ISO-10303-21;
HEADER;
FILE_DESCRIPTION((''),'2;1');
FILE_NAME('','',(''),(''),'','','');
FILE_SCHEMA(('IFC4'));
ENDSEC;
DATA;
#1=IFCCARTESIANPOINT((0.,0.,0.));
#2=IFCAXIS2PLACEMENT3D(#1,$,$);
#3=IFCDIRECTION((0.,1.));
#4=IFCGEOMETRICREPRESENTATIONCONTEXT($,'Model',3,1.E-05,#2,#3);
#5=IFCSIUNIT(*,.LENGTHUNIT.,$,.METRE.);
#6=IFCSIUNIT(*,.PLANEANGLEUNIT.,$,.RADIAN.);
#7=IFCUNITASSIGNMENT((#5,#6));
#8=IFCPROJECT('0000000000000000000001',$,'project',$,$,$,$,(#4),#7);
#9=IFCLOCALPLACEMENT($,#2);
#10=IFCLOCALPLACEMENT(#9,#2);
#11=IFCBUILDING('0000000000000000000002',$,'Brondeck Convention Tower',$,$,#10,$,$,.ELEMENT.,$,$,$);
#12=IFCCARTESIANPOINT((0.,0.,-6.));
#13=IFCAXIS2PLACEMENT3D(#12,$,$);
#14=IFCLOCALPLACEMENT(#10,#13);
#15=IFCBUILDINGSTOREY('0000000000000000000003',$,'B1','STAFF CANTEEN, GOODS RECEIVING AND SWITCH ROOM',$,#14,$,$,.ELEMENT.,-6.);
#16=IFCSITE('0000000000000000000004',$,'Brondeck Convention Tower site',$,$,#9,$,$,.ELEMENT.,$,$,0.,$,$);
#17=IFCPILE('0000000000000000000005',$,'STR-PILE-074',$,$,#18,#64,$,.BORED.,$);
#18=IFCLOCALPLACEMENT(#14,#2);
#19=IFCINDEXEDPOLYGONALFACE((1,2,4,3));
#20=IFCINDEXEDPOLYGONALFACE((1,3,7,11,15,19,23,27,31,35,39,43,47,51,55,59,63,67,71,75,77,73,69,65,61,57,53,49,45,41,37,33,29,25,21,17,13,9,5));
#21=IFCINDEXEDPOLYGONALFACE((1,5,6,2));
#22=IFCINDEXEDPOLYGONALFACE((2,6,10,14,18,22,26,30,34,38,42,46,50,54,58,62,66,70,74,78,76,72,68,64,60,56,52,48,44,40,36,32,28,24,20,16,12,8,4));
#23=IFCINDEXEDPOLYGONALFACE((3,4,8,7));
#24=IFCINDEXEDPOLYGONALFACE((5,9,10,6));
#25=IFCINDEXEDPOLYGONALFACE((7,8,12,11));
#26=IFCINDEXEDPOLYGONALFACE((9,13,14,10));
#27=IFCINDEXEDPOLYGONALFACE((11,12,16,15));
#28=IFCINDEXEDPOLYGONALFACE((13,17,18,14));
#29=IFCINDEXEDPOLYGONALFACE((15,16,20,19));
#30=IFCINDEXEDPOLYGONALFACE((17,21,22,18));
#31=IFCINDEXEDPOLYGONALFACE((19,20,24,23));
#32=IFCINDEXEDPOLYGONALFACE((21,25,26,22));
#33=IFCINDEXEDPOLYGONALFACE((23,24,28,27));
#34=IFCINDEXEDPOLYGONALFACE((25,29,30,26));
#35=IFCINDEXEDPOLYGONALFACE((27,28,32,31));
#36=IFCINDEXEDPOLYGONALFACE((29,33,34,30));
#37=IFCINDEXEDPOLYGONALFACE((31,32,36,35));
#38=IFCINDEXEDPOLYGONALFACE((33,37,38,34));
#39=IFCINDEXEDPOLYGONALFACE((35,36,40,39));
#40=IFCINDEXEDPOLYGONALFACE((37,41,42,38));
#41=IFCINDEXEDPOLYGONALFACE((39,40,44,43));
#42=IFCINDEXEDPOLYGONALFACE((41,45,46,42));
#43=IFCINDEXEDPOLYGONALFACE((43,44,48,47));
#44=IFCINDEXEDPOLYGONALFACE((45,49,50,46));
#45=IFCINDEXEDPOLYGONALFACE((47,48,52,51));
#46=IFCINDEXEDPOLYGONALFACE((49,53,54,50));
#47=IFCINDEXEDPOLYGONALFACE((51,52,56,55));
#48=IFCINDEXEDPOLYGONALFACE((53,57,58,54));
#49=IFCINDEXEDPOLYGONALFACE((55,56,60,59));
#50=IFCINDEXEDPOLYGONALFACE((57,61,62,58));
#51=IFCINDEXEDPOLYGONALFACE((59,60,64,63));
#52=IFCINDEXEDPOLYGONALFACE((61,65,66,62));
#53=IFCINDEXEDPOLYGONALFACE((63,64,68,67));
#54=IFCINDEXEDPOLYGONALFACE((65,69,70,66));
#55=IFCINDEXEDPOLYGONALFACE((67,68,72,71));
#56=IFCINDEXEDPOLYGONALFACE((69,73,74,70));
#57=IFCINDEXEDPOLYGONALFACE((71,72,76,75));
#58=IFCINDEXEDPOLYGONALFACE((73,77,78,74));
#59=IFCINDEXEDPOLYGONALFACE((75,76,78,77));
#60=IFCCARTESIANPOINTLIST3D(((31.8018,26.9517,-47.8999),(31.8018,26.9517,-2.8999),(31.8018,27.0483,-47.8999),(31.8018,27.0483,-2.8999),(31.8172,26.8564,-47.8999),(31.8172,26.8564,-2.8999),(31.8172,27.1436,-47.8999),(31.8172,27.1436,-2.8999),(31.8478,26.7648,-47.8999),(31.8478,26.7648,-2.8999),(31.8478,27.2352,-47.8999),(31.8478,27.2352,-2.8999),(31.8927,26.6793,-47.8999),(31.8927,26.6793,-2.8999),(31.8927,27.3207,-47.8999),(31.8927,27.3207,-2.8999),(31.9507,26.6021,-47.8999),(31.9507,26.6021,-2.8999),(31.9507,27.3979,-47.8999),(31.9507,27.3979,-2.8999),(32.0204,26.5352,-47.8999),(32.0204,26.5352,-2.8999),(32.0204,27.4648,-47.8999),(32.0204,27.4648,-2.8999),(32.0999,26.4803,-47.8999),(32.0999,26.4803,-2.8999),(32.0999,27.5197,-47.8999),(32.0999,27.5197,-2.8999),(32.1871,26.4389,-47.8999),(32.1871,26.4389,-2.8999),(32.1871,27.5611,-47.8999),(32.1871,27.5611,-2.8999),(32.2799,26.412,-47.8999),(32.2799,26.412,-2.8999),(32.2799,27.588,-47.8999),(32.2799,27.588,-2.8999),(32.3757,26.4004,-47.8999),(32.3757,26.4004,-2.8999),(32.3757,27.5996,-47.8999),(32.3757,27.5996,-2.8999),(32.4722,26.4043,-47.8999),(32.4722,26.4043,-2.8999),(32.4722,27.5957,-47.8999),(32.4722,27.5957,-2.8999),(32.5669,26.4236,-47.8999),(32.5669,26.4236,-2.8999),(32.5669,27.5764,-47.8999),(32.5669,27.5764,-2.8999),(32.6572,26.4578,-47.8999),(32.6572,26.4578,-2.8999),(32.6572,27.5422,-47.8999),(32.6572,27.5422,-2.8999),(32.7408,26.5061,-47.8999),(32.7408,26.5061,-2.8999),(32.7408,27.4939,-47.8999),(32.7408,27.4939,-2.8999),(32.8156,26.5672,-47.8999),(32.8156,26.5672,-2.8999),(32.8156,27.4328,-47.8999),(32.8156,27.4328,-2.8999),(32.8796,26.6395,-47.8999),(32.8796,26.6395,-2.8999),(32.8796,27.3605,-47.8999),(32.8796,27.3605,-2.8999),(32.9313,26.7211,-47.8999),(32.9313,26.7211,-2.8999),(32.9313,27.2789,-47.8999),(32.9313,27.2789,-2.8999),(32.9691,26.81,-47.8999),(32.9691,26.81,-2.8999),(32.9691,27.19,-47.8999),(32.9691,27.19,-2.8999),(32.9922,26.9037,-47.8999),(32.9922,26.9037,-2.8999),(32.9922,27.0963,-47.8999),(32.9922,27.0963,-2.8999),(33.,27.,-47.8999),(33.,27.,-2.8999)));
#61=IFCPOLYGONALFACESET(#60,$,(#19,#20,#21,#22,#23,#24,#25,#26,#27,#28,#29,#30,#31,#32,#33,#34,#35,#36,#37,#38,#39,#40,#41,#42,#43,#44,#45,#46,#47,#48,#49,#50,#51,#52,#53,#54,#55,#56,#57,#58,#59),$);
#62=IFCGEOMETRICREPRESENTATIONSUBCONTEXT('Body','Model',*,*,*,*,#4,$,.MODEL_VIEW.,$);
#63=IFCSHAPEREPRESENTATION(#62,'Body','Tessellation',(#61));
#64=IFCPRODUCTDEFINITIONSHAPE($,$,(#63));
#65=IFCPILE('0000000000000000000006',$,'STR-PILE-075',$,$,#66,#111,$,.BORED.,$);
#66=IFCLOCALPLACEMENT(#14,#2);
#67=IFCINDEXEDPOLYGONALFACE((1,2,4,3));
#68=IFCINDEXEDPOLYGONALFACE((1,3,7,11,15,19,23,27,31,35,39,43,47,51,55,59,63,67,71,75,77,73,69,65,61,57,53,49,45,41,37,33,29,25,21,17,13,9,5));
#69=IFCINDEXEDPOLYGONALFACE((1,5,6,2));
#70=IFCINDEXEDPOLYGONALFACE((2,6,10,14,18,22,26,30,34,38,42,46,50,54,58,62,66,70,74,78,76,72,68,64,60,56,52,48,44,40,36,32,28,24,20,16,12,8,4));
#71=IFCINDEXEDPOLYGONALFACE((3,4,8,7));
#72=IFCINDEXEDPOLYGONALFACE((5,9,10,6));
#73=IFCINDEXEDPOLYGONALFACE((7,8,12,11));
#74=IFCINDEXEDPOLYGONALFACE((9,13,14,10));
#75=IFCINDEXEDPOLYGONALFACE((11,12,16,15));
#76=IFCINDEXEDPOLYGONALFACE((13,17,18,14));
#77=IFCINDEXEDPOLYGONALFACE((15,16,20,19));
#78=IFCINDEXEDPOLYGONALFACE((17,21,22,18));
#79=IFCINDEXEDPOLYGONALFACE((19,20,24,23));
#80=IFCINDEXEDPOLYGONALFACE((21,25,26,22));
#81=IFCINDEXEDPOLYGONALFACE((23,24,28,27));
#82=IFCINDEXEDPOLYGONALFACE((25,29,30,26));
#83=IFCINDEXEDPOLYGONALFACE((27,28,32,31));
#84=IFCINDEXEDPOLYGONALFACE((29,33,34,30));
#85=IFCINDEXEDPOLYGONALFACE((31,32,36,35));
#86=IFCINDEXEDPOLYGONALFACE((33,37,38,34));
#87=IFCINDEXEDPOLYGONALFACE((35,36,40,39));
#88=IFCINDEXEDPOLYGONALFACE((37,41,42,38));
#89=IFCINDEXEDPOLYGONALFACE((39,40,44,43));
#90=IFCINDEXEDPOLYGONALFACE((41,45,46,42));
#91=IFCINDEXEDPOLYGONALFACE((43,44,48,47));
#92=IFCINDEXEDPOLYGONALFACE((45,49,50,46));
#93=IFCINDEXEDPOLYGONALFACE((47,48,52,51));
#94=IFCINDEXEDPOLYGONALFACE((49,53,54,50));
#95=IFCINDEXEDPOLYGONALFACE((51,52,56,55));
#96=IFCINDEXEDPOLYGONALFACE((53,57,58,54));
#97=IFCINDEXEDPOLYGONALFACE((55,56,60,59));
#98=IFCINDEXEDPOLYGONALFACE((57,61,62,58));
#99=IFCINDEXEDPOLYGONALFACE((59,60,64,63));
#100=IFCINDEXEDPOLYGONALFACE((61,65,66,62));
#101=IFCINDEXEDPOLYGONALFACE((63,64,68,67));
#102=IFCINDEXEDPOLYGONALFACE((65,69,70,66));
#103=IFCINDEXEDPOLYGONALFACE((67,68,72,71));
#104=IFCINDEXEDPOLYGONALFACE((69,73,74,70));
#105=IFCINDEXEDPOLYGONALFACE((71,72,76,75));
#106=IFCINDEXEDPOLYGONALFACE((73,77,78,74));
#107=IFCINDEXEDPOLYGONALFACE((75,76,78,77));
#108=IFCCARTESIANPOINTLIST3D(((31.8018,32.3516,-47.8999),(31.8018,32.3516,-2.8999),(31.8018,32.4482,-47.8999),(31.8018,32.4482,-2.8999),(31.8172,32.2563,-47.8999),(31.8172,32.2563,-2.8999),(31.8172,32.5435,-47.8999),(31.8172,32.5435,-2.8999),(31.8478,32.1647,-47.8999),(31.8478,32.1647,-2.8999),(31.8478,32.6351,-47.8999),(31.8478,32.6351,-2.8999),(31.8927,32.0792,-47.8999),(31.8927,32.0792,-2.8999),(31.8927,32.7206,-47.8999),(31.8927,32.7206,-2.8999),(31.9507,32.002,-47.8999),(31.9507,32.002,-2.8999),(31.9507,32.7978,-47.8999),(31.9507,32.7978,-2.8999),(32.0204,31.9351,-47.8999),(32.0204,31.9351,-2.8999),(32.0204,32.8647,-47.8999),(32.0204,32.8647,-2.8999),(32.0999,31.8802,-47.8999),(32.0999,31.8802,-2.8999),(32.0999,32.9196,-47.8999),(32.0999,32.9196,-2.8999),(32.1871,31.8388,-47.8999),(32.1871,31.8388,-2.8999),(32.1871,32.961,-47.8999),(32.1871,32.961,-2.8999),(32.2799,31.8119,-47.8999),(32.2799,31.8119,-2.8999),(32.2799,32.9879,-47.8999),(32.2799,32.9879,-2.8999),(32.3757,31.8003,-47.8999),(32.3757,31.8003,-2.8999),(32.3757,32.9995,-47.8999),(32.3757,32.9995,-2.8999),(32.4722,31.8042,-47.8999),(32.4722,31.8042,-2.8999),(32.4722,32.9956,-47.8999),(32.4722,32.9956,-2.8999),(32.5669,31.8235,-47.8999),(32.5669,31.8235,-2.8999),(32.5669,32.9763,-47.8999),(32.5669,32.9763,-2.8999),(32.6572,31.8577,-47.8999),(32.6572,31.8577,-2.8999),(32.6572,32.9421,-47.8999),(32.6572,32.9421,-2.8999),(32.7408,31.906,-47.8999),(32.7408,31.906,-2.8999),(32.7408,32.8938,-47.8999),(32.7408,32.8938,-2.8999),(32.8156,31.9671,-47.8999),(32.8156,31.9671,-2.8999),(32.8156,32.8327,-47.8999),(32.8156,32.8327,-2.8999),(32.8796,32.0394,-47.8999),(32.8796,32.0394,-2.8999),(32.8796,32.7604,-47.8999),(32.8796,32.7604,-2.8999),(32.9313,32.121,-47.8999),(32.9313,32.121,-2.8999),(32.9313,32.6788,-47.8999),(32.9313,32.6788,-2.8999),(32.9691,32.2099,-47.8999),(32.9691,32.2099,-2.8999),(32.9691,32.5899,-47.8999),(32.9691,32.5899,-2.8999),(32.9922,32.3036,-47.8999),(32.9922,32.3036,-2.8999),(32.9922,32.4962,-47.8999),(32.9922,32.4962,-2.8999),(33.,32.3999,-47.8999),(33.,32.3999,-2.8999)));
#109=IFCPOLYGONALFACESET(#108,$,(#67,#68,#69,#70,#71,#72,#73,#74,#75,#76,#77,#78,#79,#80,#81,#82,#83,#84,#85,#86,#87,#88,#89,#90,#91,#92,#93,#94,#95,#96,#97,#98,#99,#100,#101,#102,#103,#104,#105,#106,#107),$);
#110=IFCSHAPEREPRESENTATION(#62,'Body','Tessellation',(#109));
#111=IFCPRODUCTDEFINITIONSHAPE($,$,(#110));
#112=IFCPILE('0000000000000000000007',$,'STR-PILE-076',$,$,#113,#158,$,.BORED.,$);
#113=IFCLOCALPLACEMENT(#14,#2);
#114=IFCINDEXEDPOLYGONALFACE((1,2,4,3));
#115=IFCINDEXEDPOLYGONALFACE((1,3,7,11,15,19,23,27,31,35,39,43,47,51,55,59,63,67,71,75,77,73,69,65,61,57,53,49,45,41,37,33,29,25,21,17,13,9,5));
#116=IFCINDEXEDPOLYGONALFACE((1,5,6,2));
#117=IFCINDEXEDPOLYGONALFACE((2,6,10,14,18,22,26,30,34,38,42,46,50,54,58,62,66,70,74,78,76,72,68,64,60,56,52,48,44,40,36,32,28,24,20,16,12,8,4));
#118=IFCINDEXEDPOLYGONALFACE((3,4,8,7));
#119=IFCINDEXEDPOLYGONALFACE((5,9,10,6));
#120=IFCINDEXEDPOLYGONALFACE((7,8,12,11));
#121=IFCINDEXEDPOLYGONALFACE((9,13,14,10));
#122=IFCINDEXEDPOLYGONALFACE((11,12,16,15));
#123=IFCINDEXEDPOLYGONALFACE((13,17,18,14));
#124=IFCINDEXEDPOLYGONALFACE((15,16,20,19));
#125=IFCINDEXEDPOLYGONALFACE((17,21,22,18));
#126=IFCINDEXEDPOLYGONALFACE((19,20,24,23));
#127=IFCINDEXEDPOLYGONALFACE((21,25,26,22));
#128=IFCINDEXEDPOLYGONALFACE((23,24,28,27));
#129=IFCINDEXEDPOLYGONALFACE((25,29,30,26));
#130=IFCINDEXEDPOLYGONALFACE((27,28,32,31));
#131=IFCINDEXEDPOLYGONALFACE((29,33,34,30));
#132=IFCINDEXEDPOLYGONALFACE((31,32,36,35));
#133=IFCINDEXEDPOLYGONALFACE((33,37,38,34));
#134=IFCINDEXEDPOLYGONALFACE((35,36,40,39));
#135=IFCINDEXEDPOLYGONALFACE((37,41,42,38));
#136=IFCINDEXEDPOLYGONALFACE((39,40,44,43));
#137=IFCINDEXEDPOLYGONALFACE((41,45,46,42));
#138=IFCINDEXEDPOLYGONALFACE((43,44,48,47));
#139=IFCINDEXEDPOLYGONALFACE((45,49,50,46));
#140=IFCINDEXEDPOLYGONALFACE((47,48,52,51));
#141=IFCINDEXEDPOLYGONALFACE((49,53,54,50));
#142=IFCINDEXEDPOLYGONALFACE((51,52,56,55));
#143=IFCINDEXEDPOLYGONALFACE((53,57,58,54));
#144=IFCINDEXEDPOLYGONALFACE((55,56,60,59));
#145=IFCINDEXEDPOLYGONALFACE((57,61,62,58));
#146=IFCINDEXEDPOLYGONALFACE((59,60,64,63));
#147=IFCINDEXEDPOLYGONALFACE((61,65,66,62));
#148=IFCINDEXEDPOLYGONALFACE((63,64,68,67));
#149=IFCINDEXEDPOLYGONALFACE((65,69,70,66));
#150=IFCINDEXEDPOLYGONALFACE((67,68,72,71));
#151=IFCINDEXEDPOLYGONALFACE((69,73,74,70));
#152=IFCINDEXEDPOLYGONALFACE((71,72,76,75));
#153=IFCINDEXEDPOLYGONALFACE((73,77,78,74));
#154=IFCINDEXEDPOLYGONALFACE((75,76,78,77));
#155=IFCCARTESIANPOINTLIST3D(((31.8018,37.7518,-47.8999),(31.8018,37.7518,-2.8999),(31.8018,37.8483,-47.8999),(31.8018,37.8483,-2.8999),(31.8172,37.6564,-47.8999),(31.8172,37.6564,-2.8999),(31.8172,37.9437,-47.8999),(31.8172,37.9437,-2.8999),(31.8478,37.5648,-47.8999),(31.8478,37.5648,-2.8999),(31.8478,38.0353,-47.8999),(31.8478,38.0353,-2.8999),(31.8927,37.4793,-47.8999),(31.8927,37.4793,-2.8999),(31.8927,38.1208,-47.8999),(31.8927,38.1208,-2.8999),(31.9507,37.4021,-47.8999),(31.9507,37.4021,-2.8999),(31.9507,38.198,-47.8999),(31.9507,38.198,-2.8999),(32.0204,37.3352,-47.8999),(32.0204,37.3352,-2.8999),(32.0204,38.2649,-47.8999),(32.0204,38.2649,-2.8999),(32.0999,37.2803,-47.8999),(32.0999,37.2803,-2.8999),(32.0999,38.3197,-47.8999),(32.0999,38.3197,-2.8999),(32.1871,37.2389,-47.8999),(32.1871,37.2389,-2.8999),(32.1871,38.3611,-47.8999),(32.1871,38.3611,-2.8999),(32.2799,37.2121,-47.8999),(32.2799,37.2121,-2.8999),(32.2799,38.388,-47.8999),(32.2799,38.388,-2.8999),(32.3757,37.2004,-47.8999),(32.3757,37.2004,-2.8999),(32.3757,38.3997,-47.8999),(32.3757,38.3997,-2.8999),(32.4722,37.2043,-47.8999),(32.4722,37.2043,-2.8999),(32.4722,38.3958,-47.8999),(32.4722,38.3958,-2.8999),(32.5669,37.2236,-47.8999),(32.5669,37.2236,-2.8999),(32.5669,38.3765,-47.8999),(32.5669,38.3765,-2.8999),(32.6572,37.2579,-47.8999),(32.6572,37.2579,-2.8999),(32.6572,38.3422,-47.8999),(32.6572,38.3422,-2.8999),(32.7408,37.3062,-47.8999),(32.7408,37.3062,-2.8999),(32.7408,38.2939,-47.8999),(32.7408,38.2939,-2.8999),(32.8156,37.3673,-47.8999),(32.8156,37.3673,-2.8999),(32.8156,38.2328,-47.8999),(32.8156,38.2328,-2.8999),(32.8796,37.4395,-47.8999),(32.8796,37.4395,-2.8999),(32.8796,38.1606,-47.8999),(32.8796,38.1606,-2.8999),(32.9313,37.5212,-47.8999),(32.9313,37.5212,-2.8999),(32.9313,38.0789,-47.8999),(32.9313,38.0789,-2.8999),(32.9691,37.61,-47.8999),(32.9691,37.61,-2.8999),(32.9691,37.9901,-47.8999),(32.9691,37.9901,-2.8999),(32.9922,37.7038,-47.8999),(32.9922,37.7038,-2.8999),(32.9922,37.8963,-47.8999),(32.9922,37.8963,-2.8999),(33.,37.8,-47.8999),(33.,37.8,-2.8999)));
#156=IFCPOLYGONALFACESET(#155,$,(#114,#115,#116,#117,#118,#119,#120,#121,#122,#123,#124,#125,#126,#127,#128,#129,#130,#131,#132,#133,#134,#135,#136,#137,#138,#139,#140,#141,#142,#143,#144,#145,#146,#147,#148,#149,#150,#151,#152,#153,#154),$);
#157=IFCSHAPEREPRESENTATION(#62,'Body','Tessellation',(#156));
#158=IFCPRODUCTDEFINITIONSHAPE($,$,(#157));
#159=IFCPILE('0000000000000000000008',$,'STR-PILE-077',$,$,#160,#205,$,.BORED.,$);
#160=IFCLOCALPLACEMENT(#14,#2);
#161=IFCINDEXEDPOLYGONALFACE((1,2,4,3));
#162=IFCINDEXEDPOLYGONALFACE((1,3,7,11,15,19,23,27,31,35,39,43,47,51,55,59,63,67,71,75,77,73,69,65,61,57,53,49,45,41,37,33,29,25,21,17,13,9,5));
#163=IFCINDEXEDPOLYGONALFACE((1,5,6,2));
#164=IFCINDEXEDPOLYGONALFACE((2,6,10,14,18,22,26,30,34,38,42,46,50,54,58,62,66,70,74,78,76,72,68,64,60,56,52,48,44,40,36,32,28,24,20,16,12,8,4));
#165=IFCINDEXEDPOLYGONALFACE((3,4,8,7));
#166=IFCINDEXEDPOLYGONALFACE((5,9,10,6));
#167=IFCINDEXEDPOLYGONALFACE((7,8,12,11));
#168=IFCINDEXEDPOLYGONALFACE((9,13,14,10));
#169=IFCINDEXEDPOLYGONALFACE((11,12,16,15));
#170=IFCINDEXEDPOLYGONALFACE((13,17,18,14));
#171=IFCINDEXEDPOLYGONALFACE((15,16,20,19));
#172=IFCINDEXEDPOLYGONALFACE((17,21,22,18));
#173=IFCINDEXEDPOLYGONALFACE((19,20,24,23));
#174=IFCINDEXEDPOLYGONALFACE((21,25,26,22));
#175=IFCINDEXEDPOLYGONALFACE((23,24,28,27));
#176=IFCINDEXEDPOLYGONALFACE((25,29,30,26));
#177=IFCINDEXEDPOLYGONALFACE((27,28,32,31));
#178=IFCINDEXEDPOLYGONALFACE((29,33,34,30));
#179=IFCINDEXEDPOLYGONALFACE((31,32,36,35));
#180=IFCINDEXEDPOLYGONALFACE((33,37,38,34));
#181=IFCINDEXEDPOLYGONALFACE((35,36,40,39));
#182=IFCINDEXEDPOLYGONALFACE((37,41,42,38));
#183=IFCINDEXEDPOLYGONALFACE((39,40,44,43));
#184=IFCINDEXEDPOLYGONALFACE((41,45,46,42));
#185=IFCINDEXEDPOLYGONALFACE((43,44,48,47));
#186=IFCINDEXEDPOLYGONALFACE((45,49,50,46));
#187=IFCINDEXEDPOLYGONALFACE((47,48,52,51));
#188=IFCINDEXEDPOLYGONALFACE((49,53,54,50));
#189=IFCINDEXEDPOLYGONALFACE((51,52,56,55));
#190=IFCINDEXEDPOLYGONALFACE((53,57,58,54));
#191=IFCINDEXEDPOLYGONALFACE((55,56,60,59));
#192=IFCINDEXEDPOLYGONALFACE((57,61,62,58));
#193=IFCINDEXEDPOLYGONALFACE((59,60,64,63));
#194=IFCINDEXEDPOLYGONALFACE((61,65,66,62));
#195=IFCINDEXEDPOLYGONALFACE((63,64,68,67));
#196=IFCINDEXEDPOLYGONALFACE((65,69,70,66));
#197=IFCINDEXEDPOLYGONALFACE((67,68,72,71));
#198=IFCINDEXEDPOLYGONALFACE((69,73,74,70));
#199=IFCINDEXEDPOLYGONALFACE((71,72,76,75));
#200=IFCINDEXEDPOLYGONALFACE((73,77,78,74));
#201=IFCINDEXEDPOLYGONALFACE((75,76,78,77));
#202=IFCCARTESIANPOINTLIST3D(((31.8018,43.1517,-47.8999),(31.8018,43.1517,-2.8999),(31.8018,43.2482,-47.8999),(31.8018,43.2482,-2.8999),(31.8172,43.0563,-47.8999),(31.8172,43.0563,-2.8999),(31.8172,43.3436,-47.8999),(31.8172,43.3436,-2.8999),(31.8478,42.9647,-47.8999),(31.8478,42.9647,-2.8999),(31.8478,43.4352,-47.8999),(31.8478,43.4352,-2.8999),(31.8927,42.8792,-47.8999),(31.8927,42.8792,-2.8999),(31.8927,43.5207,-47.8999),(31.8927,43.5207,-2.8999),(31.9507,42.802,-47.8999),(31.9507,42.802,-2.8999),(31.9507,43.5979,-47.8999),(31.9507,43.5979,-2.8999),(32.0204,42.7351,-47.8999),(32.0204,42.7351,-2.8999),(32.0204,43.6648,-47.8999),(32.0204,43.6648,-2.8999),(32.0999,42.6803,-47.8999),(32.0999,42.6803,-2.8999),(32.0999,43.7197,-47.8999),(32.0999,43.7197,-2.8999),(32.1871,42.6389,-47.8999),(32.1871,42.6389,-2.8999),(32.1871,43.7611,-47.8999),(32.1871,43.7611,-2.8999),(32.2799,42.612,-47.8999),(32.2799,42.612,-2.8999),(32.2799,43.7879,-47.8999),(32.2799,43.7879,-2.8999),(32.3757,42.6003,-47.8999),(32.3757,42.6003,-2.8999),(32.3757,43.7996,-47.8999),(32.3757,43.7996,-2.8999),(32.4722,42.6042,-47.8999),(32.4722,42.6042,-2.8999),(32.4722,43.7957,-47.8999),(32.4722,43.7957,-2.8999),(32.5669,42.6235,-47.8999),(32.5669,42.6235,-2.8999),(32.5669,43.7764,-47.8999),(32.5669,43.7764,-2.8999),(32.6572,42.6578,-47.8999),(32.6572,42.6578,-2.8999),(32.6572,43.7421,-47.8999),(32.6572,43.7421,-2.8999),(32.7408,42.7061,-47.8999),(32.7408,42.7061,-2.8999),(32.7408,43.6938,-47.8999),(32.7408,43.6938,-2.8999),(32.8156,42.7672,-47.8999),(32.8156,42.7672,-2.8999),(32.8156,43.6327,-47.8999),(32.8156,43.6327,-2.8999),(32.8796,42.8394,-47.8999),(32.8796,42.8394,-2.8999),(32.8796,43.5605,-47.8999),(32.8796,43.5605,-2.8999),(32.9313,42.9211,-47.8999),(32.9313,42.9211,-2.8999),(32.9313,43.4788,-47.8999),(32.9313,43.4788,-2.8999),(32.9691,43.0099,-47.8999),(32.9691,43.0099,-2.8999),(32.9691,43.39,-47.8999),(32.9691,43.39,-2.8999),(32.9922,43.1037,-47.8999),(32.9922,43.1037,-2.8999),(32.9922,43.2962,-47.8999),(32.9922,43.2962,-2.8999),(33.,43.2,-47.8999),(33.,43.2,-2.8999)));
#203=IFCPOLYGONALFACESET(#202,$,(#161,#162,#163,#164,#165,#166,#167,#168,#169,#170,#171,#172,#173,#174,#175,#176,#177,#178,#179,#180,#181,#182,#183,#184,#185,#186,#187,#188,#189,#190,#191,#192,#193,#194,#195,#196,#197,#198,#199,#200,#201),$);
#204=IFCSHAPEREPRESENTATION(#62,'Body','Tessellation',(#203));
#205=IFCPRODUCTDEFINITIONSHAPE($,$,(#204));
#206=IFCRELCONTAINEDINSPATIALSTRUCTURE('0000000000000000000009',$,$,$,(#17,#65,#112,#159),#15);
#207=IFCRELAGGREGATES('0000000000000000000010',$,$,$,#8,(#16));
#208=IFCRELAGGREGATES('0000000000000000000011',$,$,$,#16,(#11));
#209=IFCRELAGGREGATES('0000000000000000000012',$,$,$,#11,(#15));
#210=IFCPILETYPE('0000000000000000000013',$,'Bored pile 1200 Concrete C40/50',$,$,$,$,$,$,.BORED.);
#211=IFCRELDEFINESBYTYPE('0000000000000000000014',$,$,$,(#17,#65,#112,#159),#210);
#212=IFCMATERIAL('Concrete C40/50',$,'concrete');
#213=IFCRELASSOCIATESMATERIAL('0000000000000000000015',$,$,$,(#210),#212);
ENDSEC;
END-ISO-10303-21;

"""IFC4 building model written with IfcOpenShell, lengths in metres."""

from ifc_helpers import new_model, si_unit, direction, frame, origin, origin_2d, place, context, subcontext, project, spatial, circle, extrude, material, material_profile, profile_set, type_object, element, save


model = new_model("IFC4")

# Units and contexts
model_context = context("Model", 3, precision=1e-05, world=origin(), true_north=direction((0.0, 1.0)))
body_context = subcontext(model_context, "Body", "Model", "MODEL_VIEW")
ifc_project = project(units=[si_unit("LENGTHUNIT", "METRE"), si_unit("PLANEANGLEUNIT", "RADIAN")], contexts=[model_context])

# Site, building, storey
site_placement = place(None, origin())
site = spatial("IfcSite", under=ifc_project, at=site_placement, Name="Brondeck Convention Tower site", CompositionType="ELEMENT", RefElevation=0.0)
building_placement = place(site_placement, origin())
building = spatial("IfcBuilding", under=site, at=building_placement, Name="Brondeck Convention Tower", CompositionType="ELEMENT")
storey_placement = place(building_placement, frame((0.0, 0.0, -6.0)))
storey = spatial("IfcBuildingStorey", under=building, at=storey_placement, Name="B1", Description="STAFF CANTEEN, GOODS RECEIVING AND SWITCH ROOM", CompositionType="ELEMENT", Elevation=-6.0)

# Piles
ifc_material_1 = material(Name="Concrete C40/50", Category="concrete")
ifc_material_profile_1 = material_profile(ifc_material_1, circle(Radius=0.6001, at=origin_2d()), Name="Bored pile 1200 Concrete C40/50")
ifc_profile_set_1 = profile_set([ifc_material_profile_1], Name="Concrete C40/50")
pile_type = type_object("IfcPileType", Name="Bored pile 1200 Concrete C40/50", PredefinedType="BORED", material=ifc_profile_set_1)
for number, where, z_axis, x_axis, name in (
    (1, (32.3999, 27.0, -2.8999), (0.0, 0.0, -1.0), (1.0, 0.0, 0.0), "STR-PILE-074"),
    (2, (32.3999, 32.3999, -2.8999), (0.0, 0.0, -1.0), (1.0, 0.0, 0.0), "STR-PILE-075"),
    (3, (32.3999, 37.8, -2.8999), (0.0, 0.0, -1.0), (1.0, 0.0, 0.0), "STR-PILE-076"),
    (4, (32.3999, 43.2, -2.8999), (0.0, 0.0, -1.0), (1.0, 0.0, 0.0), "STR-PILE-077"),
):
    element("IfcPile", number, at=place(storey_placement, frame(where, z_axis=z_axis, x_axis=x_axis)), inside=storey, type_object=pile_type, Name=name, PredefinedType="BORED", context=body_context, shape_type="SweptSolid", body=[
        extrude(circle(Radius=0.6001, at=origin_2d()), origin(), (0.0, 0.0, 1.0), 45.0),
    ])

save(model, "model.ifc")
